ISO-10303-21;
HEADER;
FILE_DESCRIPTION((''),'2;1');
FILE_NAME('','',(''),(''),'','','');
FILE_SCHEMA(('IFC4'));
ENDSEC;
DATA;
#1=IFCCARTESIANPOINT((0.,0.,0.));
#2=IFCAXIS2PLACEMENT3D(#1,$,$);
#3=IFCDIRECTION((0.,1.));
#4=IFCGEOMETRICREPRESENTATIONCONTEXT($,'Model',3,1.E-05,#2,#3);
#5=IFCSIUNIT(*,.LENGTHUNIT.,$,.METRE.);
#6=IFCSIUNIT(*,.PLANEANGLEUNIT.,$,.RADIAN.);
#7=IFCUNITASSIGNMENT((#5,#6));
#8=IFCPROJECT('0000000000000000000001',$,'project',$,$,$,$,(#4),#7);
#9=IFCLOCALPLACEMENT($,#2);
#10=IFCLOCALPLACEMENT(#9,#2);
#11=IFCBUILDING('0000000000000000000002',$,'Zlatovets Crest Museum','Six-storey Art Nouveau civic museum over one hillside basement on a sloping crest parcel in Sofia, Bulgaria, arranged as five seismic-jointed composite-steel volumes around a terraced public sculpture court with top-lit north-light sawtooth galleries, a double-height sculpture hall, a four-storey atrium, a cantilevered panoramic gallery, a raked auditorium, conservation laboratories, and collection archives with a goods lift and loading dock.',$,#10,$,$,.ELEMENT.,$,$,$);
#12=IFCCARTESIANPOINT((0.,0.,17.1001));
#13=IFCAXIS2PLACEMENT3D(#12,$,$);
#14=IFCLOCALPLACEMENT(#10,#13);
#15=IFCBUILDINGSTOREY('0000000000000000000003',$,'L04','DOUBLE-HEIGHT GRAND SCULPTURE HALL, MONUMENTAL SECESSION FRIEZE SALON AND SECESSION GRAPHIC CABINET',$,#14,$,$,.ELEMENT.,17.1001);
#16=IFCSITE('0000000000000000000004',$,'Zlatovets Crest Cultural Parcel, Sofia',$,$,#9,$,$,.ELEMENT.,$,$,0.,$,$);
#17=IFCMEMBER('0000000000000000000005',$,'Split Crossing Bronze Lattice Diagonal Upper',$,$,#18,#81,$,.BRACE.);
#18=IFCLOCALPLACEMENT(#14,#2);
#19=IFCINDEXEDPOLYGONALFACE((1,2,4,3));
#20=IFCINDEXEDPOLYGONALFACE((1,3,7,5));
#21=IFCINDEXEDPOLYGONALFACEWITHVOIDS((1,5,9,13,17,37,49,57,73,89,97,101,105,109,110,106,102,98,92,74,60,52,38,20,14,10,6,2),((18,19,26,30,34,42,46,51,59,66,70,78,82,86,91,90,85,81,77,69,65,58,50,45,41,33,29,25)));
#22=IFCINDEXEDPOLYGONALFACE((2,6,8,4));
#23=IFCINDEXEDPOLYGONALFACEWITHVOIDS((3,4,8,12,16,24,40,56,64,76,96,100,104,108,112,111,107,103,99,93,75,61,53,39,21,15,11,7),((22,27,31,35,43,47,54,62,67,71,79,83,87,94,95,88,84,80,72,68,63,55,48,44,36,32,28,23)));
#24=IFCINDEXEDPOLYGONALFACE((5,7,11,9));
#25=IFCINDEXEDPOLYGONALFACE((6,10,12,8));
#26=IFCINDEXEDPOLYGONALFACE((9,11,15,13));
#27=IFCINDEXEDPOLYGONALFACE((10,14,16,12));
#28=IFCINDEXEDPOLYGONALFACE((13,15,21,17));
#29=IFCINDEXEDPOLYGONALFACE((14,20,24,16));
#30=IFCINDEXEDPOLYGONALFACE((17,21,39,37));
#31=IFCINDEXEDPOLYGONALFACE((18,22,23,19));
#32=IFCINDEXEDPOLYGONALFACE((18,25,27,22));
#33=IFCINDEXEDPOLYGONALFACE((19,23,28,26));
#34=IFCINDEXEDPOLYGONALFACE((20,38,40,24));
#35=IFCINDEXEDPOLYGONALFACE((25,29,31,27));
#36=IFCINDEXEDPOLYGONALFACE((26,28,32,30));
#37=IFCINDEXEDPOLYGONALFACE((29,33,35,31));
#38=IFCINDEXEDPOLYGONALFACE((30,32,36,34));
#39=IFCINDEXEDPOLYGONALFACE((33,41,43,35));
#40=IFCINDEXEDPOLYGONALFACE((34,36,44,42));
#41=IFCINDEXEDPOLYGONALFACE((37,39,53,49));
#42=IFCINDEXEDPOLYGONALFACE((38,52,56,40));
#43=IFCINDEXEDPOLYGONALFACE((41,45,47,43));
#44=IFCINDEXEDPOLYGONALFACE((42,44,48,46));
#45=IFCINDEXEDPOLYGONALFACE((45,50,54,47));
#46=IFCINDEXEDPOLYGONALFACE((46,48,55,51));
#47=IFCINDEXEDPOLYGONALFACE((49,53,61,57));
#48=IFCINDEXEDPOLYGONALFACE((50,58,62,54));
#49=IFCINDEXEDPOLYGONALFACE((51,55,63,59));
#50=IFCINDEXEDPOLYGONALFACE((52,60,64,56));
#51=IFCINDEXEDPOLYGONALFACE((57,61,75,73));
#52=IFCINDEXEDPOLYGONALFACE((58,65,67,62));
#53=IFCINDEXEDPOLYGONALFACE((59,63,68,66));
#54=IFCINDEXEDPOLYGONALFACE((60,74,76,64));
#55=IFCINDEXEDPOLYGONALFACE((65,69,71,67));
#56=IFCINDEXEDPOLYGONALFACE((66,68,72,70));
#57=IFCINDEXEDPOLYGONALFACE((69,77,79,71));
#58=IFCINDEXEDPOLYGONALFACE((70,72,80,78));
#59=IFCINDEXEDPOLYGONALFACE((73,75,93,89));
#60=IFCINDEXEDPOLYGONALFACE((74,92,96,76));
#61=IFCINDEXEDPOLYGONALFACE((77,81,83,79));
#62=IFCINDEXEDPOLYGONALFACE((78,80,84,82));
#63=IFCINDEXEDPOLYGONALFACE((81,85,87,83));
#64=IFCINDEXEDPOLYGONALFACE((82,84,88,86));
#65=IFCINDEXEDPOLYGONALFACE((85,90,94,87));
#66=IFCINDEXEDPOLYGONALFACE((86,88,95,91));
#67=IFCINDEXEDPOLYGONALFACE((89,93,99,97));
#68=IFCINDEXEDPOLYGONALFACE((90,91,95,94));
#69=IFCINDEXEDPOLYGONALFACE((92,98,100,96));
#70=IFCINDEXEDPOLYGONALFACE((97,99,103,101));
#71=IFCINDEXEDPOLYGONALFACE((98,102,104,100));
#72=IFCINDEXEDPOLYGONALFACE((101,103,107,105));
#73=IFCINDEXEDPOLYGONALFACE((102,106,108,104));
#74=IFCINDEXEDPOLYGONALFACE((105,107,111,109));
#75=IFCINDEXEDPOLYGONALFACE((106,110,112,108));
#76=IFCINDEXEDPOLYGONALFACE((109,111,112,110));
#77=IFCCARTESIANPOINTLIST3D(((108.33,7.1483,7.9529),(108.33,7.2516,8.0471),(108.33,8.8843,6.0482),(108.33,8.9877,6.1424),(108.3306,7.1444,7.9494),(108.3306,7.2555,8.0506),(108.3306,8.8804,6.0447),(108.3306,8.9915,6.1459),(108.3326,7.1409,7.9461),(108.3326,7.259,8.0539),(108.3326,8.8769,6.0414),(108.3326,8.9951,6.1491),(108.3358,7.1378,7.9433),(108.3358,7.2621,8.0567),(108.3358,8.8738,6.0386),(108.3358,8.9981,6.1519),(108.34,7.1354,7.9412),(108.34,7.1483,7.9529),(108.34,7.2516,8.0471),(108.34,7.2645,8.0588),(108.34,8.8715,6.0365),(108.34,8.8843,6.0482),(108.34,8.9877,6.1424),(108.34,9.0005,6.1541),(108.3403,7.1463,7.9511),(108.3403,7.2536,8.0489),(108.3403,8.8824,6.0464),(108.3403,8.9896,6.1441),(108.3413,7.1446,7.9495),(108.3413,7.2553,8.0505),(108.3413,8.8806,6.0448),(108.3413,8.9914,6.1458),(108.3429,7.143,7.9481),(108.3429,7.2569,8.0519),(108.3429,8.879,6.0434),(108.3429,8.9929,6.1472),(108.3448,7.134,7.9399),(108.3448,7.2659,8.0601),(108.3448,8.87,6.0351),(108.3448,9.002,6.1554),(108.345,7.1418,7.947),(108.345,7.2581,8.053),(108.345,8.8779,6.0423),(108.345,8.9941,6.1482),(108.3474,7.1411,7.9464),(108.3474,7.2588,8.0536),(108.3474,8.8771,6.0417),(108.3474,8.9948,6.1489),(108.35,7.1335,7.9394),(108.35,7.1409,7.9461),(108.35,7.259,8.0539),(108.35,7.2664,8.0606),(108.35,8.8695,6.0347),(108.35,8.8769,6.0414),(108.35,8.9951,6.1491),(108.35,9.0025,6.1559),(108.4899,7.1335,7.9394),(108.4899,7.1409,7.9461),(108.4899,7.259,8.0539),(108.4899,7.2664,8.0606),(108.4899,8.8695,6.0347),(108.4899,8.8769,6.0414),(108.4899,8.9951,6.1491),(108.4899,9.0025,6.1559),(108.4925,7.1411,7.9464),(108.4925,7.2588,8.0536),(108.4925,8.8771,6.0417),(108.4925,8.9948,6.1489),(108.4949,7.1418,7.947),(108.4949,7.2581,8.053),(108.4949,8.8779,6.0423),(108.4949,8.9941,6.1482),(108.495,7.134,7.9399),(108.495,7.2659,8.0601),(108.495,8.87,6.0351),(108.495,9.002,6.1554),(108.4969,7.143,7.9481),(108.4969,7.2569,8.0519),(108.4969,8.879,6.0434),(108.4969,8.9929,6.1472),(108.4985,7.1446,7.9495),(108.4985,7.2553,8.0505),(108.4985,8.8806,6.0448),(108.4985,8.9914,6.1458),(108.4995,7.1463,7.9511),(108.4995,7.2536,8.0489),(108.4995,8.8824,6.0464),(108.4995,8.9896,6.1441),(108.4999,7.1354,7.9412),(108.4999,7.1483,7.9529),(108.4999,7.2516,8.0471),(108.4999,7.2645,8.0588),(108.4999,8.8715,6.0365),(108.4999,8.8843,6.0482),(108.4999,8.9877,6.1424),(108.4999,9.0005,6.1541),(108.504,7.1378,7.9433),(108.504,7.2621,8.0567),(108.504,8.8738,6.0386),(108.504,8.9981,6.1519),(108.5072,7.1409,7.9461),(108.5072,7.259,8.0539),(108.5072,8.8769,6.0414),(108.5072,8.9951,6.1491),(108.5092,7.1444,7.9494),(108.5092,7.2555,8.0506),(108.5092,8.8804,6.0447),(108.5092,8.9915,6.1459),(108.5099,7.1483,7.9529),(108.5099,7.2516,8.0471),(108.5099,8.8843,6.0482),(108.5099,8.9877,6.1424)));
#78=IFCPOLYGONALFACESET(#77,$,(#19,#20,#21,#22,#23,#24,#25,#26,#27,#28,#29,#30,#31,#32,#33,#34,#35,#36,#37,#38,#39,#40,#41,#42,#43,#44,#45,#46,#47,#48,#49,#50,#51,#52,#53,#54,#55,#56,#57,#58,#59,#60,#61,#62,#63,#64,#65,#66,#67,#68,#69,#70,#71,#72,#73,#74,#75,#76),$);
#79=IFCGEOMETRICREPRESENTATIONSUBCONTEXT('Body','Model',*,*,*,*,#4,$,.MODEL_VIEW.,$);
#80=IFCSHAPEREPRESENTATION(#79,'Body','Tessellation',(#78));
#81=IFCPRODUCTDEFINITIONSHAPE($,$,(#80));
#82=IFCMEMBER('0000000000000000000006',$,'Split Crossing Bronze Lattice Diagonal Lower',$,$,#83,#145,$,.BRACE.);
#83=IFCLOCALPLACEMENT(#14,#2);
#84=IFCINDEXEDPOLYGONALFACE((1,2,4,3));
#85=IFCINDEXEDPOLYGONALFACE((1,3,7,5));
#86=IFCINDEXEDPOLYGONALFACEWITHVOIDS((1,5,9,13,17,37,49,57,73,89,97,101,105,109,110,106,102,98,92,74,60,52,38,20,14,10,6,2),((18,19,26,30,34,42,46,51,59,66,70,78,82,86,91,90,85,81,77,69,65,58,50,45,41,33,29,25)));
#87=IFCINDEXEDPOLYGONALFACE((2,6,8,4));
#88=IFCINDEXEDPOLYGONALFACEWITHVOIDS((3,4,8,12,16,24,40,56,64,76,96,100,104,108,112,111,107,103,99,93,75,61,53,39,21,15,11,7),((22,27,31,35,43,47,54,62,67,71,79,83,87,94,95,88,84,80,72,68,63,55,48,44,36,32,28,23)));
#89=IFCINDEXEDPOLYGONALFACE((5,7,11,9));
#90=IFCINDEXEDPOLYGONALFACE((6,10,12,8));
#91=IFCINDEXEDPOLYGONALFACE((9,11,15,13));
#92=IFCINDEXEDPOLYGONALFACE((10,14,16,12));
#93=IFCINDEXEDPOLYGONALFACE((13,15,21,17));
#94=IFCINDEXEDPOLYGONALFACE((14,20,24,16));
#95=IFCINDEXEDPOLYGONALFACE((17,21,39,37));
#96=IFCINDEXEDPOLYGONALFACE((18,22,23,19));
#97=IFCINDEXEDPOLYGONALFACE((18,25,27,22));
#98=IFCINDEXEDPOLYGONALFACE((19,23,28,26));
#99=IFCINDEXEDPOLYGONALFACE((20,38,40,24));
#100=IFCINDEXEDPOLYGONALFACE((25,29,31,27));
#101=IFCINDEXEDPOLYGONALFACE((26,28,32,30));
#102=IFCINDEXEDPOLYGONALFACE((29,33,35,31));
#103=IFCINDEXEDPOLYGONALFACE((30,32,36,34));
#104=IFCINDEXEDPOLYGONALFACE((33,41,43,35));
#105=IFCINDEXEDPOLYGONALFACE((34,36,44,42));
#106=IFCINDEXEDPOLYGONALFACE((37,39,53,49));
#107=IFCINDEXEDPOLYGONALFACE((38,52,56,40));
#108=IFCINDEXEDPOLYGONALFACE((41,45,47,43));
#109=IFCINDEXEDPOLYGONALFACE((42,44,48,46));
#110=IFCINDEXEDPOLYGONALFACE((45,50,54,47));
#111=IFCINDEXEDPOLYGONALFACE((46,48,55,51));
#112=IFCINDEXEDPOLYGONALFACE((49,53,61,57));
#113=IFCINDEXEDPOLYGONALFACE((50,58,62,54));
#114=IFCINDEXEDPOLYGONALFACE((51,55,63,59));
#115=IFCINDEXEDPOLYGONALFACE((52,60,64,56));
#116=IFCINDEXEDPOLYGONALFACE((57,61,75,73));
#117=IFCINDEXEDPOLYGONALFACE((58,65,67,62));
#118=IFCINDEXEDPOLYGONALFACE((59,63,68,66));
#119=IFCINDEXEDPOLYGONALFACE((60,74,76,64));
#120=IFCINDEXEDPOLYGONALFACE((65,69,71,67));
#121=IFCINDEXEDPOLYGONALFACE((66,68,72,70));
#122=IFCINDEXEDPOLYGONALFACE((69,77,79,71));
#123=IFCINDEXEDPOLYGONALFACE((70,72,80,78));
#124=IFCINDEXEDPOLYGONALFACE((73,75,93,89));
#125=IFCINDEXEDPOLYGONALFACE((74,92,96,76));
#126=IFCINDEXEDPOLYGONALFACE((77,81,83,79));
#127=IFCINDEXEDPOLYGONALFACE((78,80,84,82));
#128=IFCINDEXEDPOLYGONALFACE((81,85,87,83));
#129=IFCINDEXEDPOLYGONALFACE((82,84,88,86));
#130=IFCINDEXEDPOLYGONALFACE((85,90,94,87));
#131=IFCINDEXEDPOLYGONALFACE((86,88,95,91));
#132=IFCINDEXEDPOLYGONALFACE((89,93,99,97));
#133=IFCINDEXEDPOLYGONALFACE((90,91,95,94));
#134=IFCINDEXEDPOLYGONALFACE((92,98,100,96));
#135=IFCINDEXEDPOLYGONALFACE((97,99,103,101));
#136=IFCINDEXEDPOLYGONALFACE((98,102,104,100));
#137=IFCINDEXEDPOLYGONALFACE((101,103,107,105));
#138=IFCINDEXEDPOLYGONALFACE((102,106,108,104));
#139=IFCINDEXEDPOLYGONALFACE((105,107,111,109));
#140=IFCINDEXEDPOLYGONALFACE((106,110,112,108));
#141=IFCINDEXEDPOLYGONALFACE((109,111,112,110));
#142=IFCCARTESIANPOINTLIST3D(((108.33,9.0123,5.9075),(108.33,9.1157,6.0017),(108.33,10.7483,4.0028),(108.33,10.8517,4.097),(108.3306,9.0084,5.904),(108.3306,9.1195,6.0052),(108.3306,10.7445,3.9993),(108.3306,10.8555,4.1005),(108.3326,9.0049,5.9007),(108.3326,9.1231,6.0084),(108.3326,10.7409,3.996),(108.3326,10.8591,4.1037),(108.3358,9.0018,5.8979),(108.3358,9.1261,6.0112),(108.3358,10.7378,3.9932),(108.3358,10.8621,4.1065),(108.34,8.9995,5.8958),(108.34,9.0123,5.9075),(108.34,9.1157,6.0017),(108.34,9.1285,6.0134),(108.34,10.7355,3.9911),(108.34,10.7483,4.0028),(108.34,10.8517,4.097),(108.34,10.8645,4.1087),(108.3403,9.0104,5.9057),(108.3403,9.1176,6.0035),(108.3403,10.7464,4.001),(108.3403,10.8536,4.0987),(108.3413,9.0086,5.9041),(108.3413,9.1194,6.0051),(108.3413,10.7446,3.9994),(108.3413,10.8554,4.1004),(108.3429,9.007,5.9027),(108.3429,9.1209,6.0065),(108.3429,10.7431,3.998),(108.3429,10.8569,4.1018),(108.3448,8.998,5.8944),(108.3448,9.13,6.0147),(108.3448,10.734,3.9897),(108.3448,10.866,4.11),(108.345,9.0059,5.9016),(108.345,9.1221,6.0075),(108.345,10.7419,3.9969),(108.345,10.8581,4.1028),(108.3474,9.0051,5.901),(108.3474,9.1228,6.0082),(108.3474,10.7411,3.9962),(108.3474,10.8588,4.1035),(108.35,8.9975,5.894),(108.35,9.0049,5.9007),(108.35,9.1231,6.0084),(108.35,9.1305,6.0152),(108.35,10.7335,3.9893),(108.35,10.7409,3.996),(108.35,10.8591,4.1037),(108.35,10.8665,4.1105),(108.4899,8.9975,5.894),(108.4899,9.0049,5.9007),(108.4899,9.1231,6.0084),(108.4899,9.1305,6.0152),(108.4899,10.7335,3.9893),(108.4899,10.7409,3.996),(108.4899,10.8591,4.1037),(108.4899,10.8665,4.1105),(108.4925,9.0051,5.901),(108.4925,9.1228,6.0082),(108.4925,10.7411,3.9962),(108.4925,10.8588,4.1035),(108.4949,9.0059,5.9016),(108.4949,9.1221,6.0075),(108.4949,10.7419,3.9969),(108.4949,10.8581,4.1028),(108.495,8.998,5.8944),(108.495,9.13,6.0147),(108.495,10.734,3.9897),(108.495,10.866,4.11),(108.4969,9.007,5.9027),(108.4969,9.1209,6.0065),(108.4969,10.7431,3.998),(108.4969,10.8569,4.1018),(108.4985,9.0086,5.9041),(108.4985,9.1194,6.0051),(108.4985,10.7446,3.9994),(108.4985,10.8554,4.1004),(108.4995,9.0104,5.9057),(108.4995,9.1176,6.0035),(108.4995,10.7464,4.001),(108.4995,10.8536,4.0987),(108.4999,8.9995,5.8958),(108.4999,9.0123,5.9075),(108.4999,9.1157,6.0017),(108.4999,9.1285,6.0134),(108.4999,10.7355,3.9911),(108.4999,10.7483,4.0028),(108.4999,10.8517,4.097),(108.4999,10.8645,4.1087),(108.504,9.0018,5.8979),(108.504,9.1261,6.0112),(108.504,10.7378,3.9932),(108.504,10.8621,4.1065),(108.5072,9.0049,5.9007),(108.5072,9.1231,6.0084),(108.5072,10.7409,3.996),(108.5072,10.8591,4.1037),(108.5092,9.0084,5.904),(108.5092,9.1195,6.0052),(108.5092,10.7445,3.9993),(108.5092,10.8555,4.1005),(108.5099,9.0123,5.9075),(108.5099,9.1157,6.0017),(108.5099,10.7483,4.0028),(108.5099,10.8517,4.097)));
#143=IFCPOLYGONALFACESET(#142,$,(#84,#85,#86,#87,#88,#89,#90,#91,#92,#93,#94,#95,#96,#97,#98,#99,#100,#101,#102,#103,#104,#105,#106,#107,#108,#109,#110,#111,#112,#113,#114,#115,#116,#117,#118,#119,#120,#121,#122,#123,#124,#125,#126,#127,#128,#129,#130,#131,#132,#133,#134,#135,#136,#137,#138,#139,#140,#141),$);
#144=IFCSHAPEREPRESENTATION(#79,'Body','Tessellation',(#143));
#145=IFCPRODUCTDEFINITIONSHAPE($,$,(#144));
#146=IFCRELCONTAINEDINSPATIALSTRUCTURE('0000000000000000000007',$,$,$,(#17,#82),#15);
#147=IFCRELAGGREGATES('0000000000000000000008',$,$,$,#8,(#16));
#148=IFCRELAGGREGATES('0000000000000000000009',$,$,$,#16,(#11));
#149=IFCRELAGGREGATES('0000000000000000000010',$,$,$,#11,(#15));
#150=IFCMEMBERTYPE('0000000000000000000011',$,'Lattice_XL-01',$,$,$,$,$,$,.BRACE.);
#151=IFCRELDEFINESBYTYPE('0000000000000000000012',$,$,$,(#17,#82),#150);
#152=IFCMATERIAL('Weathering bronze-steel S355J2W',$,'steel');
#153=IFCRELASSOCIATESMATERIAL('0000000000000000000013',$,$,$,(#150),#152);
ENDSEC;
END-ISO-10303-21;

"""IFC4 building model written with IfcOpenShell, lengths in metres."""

from ifc_helpers import new_model, si_unit, direction, frame, origin, origin_2d, place, context, subcontext, project, spatial, hollow_rectangle, extrude, material, material_profile, profile_set, type_object, element, save


model = new_model("IFC4")

# Units and contexts
model_context = context("Model", 3, precision=1e-05, world=origin(), true_north=direction((0.0, 1.0)))
body_context = subcontext(model_context, "Body", "Model", "MODEL_VIEW")
ifc_project = project(units=[si_unit("LENGTHUNIT", "METRE"), si_unit("PLANEANGLEUNIT", "RADIAN")], contexts=[model_context])

# Site, building, storey
site_placement = place(None, origin())
site = spatial("IfcSite", under=ifc_project, at=site_placement, Name="Zlatovets Crest Cultural Parcel, Sofia", CompositionType="ELEMENT", RefElevation=0.0)
building_placement = place(site_placement, origin())
building = spatial("IfcBuilding", under=site, at=building_placement, Name="Zlatovets Crest Museum", Description="Six-storey Art Nouveau civic museum over one hillside basement on a sloping crest parcel in Sofia, Bulgaria, arranged as five seismic-jointed composite-steel volumes around a terraced public sculpture court with top-lit north-light sawtooth galleries, a double-height sculpture hall, a four-storey atrium, a cantilevered panoramic gallery, a raked auditorium, conservation laboratories, and collection archives with a goods lift and loading dock.", CompositionType="ELEMENT")
storey_placement = place(building_placement, frame((0.0, 0.0, 17.1001)))
storey = spatial("IfcBuildingStorey", under=building, at=storey_placement, Name="L04", Description="DOUBLE-HEIGHT GRAND SCULPTURE HALL, MONUMENTAL SECESSION FRIEZE SALON AND SECESSION GRAPHIC CABINET", CompositionType="ELEMENT", Elevation=17.1001)

# Members
ifc_material_1 = material(Name="Weathering bronze-steel S355J2W", Category="steel")
ifc_material_profile_1 = material_profile(ifc_material_1, hollow_rectangle(XDim=0.1799, YDim=0.1799, WallThickness=0.01, InnerFilletRadius=0.01, OuterFilletRadius=0.02, at=origin_2d()), Name="SHS 180x180x10.0")
ifc_profile_set_1 = profile_set([ifc_material_profile_1], Name="Weathering bronze-steel S355J2W")
member_type_1 = type_object("IfcMemberType", Name="Lattice_XL-01", PredefinedType="BRACE", material=ifc_profile_set_1)
for number, where, z_axis, x_axis, name in (
    (1, (108.4199, 7.2, 8.0), (0.0, 0.67362, -0.739078), (-1.0, 0.0, 0.0), "Split Crossing Bronze Lattice Diagonal Upper"),
    (2, (108.4199, 9.064, 5.9546), (0.0, 0.67362, -0.739078), (-1.0, 0.0, 0.0), "Split Crossing Bronze Lattice Diagonal Lower"),
):
    element("IfcMember", number, at=place(storey_placement, frame(where, z_axis=z_axis, x_axis=x_axis)), inside=storey, type_object=member_type_1, Name=name, PredefinedType="BRACE", context=body_context, shape_type="SweptSolid", body=[
        extrude(hollow_rectangle(XDim=0.1799, YDim=0.1799, WallThickness=0.01, InnerFilletRadius=0.01, OuterFilletRadius=0.02, at=origin_2d()), origin(), (0.0, 0.0, 1.0), 2.5771),
    ])

save(model, "model.ifc")
